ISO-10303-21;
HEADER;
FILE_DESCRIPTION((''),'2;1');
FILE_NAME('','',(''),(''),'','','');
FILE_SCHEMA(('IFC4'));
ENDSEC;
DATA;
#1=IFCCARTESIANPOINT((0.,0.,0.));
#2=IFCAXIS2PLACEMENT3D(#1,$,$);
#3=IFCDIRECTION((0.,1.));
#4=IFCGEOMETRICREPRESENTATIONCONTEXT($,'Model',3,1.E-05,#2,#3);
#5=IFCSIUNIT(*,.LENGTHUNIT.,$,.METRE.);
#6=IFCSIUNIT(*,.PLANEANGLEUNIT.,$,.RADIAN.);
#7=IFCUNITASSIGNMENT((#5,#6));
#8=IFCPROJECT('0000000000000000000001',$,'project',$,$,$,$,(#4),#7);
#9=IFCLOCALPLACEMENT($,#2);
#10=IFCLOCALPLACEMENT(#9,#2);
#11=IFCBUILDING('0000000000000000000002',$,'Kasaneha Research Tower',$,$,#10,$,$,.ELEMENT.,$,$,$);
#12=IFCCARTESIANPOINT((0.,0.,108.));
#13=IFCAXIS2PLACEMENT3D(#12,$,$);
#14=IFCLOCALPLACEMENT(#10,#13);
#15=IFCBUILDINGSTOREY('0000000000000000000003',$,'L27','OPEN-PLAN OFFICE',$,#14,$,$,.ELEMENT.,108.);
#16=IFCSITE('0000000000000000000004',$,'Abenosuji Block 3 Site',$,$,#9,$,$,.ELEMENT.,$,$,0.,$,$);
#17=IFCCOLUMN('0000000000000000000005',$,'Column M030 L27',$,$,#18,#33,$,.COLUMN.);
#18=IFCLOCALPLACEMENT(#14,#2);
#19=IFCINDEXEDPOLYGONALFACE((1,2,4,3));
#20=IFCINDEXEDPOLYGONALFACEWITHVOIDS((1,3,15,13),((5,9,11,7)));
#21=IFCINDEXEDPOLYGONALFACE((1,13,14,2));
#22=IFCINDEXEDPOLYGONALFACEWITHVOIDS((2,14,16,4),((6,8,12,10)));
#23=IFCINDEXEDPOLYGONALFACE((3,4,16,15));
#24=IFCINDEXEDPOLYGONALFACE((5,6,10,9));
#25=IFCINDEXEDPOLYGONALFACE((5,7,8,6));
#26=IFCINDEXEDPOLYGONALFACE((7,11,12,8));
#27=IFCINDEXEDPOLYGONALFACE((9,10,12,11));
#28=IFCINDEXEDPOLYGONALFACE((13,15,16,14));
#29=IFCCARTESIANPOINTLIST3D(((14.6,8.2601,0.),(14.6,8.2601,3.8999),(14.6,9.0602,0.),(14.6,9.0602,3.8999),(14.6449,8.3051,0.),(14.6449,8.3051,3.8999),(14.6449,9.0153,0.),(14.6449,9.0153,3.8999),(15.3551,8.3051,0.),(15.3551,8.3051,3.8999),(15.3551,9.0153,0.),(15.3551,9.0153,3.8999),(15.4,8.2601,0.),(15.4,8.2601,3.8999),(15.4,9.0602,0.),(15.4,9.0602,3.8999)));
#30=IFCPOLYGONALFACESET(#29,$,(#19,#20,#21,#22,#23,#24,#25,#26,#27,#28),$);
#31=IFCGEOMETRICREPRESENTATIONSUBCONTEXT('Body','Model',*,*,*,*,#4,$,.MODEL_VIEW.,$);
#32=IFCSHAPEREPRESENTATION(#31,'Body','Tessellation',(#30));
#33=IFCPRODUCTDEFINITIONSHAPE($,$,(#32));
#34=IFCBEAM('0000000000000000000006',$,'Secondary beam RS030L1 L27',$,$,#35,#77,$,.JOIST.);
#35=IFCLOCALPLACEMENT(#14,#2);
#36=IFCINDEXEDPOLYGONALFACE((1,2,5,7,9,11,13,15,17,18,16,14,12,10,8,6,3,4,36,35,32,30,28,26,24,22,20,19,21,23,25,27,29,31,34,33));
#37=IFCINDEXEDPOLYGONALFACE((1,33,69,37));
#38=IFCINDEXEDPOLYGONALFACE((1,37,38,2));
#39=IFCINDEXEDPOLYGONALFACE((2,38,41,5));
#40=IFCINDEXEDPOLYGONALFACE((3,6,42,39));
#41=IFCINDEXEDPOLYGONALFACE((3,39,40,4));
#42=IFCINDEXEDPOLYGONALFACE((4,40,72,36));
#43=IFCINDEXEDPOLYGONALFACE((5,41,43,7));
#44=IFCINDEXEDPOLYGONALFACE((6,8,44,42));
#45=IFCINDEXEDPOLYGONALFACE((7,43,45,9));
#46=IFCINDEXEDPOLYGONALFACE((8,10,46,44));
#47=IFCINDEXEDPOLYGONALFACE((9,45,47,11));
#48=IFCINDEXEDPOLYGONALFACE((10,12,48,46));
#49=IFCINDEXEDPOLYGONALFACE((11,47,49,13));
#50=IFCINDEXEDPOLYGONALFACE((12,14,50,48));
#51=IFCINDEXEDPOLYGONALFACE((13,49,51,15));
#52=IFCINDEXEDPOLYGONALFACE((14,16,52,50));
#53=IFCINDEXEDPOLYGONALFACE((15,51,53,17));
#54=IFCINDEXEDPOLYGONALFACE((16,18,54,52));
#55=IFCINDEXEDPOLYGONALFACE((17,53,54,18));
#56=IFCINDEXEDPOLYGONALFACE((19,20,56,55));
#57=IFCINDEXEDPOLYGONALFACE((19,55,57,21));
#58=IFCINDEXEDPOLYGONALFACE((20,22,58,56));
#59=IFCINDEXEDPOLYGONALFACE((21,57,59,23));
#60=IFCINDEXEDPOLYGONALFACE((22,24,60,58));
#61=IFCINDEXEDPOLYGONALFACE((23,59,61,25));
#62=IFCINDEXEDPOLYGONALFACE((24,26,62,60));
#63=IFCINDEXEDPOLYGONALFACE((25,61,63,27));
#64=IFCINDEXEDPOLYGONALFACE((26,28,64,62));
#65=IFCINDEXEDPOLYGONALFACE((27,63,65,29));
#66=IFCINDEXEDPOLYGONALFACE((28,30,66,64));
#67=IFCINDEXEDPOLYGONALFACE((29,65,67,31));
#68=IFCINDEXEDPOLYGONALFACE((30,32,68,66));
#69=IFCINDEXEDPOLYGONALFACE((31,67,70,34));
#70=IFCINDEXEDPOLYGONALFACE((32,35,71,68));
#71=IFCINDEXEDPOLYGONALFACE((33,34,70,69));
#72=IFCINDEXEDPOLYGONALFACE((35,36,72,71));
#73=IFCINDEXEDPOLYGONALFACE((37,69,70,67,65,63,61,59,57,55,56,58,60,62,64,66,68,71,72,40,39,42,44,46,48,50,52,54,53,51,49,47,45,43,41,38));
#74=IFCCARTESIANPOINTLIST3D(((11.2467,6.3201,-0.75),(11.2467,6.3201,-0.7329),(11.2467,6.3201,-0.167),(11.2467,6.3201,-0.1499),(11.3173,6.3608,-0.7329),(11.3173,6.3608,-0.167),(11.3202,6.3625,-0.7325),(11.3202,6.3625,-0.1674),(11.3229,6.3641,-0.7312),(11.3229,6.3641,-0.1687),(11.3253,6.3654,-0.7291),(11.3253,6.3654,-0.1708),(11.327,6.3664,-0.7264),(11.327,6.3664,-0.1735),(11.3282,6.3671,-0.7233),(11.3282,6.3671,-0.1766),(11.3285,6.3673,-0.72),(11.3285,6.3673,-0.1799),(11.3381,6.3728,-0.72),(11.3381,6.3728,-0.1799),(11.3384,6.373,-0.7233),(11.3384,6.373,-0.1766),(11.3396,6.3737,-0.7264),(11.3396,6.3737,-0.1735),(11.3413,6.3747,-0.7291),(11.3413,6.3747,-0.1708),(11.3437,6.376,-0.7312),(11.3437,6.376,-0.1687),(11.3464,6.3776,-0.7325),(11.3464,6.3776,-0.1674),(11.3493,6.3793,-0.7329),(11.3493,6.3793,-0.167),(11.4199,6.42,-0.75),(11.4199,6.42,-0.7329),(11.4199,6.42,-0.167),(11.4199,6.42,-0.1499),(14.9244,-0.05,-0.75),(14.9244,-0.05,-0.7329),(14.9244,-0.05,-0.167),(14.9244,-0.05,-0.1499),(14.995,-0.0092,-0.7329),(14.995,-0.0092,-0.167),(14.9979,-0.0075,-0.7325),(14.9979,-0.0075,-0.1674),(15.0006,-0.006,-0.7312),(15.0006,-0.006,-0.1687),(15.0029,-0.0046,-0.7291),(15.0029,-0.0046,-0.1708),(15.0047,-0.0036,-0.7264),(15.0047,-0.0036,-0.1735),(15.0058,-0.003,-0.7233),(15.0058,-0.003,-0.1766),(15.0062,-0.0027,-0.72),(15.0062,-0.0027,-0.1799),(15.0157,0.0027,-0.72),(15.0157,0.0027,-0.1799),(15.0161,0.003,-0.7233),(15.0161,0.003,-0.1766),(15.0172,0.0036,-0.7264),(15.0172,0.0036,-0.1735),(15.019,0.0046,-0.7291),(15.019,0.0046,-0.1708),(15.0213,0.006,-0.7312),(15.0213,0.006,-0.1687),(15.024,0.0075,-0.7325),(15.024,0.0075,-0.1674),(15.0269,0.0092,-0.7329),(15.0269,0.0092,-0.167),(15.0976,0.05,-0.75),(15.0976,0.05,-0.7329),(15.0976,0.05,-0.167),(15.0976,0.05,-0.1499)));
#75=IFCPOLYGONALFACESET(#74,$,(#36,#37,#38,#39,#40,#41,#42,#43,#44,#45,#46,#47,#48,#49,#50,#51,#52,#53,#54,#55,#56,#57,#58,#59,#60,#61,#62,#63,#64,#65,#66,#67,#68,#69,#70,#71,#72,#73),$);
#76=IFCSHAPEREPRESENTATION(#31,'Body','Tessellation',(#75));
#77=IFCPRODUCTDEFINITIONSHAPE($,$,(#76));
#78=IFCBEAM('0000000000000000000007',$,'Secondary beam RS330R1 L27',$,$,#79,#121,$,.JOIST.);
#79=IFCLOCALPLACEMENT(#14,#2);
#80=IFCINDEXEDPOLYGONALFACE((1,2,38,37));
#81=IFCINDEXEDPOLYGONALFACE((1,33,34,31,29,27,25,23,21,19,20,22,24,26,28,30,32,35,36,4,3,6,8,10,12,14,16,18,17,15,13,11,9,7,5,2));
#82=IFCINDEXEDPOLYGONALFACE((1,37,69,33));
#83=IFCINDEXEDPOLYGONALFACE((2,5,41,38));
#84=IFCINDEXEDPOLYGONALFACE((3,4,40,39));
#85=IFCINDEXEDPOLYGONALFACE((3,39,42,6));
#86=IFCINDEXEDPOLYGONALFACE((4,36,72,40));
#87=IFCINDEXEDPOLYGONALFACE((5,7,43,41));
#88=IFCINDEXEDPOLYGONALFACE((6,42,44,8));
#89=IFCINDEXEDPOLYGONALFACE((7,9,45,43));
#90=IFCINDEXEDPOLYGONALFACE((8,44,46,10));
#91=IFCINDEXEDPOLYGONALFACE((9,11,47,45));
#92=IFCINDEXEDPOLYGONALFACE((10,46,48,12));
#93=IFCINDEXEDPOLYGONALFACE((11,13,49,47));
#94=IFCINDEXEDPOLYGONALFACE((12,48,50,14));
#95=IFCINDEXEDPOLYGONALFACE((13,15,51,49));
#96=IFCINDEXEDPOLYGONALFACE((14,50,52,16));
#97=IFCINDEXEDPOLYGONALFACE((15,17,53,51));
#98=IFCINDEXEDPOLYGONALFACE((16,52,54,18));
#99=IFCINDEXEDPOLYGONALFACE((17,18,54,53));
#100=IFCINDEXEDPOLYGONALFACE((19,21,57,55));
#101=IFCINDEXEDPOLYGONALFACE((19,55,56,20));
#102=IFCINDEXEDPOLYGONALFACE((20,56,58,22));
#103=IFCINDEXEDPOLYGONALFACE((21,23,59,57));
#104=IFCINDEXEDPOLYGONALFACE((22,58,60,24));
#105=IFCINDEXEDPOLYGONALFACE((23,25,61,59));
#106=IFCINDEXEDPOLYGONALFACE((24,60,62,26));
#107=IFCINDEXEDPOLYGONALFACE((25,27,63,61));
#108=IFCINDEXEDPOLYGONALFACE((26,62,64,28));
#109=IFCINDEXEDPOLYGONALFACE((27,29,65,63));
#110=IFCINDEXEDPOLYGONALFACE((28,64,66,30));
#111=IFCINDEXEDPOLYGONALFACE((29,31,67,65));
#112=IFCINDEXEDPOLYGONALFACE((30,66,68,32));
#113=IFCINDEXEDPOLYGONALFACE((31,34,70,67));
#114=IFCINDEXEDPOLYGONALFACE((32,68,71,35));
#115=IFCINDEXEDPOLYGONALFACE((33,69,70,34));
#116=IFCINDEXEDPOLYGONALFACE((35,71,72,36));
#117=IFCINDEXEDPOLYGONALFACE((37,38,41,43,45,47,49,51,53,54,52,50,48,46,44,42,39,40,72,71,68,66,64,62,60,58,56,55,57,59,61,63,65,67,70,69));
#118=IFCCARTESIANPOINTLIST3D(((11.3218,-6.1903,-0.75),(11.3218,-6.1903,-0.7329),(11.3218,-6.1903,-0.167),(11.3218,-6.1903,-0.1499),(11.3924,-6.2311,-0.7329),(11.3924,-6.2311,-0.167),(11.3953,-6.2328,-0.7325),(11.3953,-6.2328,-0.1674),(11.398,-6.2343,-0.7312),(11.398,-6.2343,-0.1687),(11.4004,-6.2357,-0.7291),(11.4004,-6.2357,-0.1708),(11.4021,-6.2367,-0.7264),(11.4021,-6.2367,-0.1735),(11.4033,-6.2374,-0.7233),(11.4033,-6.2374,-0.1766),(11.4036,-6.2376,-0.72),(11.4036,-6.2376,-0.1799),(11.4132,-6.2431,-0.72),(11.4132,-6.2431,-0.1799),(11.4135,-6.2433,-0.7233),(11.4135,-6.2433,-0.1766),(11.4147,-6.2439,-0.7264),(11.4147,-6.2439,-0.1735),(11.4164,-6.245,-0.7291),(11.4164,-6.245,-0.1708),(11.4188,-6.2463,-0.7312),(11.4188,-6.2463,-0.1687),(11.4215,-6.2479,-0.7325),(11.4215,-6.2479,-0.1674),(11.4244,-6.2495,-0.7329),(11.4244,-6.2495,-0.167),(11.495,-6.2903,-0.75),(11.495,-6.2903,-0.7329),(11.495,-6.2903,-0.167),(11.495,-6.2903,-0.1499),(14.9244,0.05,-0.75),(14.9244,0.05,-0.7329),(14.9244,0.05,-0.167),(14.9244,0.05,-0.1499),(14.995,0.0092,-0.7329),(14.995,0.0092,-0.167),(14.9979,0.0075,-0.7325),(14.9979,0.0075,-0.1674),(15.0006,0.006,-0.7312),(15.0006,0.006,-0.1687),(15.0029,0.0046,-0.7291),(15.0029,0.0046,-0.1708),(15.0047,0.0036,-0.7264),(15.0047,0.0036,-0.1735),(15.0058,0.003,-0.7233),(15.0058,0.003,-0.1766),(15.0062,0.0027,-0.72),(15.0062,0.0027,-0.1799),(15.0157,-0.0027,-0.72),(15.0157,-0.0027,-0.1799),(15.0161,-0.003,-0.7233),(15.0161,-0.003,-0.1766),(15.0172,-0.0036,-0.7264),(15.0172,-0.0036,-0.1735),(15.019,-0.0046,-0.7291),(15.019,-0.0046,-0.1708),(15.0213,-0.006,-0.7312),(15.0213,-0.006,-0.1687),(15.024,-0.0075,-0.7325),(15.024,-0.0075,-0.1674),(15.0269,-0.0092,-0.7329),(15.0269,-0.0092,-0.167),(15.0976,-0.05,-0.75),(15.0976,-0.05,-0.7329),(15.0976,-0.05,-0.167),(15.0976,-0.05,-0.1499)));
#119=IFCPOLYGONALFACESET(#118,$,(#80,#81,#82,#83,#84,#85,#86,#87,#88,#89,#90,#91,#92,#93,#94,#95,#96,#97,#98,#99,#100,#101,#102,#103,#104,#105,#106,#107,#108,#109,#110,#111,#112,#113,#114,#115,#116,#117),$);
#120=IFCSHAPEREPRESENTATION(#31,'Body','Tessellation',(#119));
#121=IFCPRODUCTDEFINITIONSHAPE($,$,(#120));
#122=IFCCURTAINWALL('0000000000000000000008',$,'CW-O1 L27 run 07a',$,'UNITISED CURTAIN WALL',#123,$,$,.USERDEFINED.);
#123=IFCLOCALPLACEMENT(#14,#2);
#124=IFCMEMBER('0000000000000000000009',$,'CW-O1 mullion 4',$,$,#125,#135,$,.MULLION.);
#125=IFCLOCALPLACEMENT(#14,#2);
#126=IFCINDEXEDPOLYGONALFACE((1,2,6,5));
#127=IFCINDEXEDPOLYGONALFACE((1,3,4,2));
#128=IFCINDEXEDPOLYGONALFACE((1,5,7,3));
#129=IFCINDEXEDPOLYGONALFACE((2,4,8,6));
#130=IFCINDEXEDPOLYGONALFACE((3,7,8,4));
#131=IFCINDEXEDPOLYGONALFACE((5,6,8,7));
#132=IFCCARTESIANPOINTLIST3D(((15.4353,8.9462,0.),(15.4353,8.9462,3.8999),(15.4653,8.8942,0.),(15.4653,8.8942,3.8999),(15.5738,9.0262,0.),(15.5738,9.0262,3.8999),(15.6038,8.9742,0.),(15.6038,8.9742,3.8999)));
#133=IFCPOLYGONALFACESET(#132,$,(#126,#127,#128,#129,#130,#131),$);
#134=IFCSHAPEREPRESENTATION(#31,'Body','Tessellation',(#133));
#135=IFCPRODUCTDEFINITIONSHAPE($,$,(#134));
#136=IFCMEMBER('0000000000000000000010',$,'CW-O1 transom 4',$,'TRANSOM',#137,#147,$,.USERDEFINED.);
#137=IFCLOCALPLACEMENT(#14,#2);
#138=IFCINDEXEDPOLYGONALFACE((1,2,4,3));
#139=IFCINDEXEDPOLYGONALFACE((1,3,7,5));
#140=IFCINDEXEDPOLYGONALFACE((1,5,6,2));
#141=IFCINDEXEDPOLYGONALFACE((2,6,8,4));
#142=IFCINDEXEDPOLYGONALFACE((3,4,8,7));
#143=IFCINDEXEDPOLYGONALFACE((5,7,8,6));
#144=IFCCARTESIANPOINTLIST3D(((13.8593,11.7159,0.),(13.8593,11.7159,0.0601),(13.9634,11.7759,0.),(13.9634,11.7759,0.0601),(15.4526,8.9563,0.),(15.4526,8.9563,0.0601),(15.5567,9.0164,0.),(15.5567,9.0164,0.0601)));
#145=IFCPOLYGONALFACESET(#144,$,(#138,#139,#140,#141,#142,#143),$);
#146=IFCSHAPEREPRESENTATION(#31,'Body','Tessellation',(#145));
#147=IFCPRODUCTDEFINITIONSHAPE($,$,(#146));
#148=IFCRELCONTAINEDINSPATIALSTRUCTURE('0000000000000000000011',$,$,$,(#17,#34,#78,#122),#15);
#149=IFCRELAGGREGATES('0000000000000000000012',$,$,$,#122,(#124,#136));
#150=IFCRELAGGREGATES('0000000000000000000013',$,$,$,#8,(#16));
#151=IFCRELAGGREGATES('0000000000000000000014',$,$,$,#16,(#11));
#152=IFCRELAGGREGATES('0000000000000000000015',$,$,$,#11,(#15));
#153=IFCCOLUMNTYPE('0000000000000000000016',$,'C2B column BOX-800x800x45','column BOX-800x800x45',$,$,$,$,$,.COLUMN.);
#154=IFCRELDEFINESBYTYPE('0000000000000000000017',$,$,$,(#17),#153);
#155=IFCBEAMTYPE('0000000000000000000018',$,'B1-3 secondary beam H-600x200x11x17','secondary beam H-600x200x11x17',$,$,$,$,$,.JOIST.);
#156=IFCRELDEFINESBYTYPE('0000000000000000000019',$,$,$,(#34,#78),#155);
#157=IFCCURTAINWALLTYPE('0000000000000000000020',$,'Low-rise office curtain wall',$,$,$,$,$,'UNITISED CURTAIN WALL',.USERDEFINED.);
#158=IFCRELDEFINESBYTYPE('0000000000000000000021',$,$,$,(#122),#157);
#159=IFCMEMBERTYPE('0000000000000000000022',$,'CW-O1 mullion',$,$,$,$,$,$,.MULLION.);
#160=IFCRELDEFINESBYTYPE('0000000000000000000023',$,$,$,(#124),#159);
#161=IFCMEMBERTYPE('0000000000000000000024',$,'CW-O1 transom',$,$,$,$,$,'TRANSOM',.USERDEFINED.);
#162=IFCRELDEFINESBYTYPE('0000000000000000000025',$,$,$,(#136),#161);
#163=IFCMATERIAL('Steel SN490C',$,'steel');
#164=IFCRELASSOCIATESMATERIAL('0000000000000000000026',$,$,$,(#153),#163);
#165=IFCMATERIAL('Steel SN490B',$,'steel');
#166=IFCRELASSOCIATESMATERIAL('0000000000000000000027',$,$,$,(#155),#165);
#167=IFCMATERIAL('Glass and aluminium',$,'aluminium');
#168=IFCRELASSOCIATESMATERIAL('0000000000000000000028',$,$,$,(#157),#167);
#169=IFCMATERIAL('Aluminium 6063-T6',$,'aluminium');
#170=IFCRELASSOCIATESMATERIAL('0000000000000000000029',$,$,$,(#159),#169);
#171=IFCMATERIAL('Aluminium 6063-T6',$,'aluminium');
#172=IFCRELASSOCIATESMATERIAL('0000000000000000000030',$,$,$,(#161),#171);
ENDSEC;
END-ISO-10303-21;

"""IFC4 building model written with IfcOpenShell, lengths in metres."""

from ifc_helpers import new_model, si_unit, direction, frame, origin, origin_2d, place, context, subcontext, project, spatial, rectangle, hollow_rectangle, i_section, extrude, material, material_profile, profile_set, type_object, element, aggregate, save


model = new_model("IFC4")

# Units and contexts
model_context = context("Model", 3, precision=1e-05, world=origin(), true_north=direction((0.0, 1.0)))
body_context = subcontext(model_context, "Body", "Model", "MODEL_VIEW")
ifc_project = project(units=[si_unit("LENGTHUNIT", "METRE"), si_unit("PLANEANGLEUNIT", "RADIAN")], contexts=[model_context])

# Site, building, storey
site_placement = place(None, origin())
site = spatial("IfcSite", under=ifc_project, at=site_placement, Name="Abenosuji Block 3 Site", CompositionType="ELEMENT", RefElevation=0.0)
building_placement = place(site_placement, origin())
building = spatial("IfcBuilding", under=site, at=building_placement, Name="Kasaneha Research Tower", CompositionType="ELEMENT")
storey_placement = place(building_placement, frame((0.0, 0.0, 108.0)))
storey = spatial("IfcBuildingStorey", under=building, at=storey_placement, Name="L27", Description="OPEN-PLAN OFFICE", CompositionType="ELEMENT", Elevation=108.0)

# Column
ifc_material_1 = material(Name="Steel SN490C", Category="steel")
ifc_material_profile_1 = material_profile(ifc_material_1, hollow_rectangle(XDim=0.8, YDim=0.8, WallThickness=0.0449, at=origin_2d()), Name="BOX-800x800x45")
ifc_profile_set_1 = profile_set([ifc_material_profile_1], Name="Steel SN490C")
column_type = type_object("IfcColumnType", Name="C2B column BOX-800x800x45", Description="column BOX-800x800x45", PredefinedType="COLUMN", material=ifc_profile_set_1)
column_placement = place(storey_placement, frame((15.0, 8.6602, 0.0), z_axis=(0.0, 0.0, 1.0), x_axis=(1.0, 0.0, 0.0)))
element("IfcColumn", 1, at=column_placement, inside=storey, type_object=column_type, Name="Column M030 L27", PredefinedType="COLUMN", context=body_context, shape_type="SweptSolid", body=[
    extrude(hollow_rectangle(XDim=0.8, YDim=0.8, WallThickness=0.0449, at=origin_2d()), origin(), (0.0, 0.0, 1.0), 3.8999),
])

# Beams
ifc_material_2 = material(Name="Steel SN490B", Category="steel")
ifc_material_profile_2 = material_profile(ifc_material_2, i_section(OverallWidth=0.2, OverallDepth=0.6001, WebThickness=0.011, FlangeThickness=0.0171, FilletRadius=0.0129, at=origin_2d()), Name="H-600x200x11x17")
ifc_profile_set_2 = profile_set([ifc_material_profile_2], Name="Steel SN490B")
beam_type_1 = type_object("IfcBeamType", Name="B1-3 secondary beam H-600x200x11x17", Description="secondary beam H-600x200x11x17", PredefinedType="JOIST", material=ifc_profile_set_2)
beam_1_placement = place(storey_placement, frame((15.011, 0.0, -0.45), z_axis=(-0.499994, 0.866029, 0.0), x_axis=(-0.866029, -0.499994, 0.0)))
element("IfcBeam", 2, at=beam_1_placement, inside=storey, type_object=beam_type_1, Name="Secondary beam RS030L1 L27", PredefinedType="JOIST", context=body_context, shape_type="SweptSolid", body=[
    extrude(i_section(OverallWidth=0.2, OverallDepth=0.6001, WebThickness=0.011, FlangeThickness=0.0171, FilletRadius=0.0129, at=origin_2d()), origin(), (0.0, 0.0, 1.0), 7.3555),
])
beam_2_placement = place(storey_placement, frame((15.011, 0.0, -0.45), z_axis=(-0.499973, -0.866041, 0.0), x_axis=(0.866041, -0.499973, 0.0)))
element("IfcBeam", 3, at=beam_2_placement, inside=storey, type_object=beam_type_1, Name="Secondary beam RS330R1 L27", PredefinedType="JOIST", context=body_context, shape_type="SweptSolid", body=[
    extrude(i_section(OverallWidth=0.2, OverallDepth=0.6001, WebThickness=0.011, FlangeThickness=0.0171, FilletRadius=0.0129, at=origin_2d()), origin(), (0.0, 0.0, 1.0), 7.2056),
])

# Curtain wall, members
ifc_material_3 = material(Name="Glass and aluminium", Category="aluminium")
curtain_wall_type = type_object("IfcCurtainWallType", Name="Low-rise office curtain wall", ElementType="UNITISED CURTAIN WALL", PredefinedType="USERDEFINED", material=ifc_material_3)
curtain_wall_placement = place(storey_placement, origin())
curtain_wall = element("IfcCurtainWall", 4, at=curtain_wall_placement, inside=storey, type_object=curtain_wall_type, Name="CW-O1 L27 run 07a", ObjectType="UNITISED CURTAIN WALL", PredefinedType="USERDEFINED")
ifc_material_4 = material(Name="Aluminium 6063-T6", Category="aluminium")
ifc_material_profile_3 = material_profile(ifc_material_4, rectangle(XDim=0.0601, YDim=0.1599, at=origin_2d()), Name="CW-O1 mullion 60x160")
ifc_profile_set_3 = profile_set([ifc_material_profile_3], Name="Aluminium 6063-T6")
member_type_1 = type_object("IfcMemberType", Name="CW-O1 mullion", PredefinedType="MULLION", material=ifc_profile_set_3)
member_1_placement = place(storey_placement, frame((15.5195, 8.9602, 0.0), z_axis=(0.0, 0.0, 1.0), x_axis=(-0.5, 0.866025, 0.0)))
member_1 = element("IfcMember", 5, at=member_1_placement, type_object=member_type_1, Name="CW-O1 mullion 4", PredefinedType="MULLION", context=body_context, shape_type="SweptSolid", body=[
    extrude(rectangle(XDim=0.0601, YDim=0.1599, at=origin_2d()), origin(), (0.0, 0.0, 1.0), 3.8999),
])
ifc_material_5 = material(Name="Aluminium 6063-T6", Category="aluminium")
ifc_material_profile_4 = material_profile(ifc_material_5, rectangle(XDim=0.1201, YDim=0.0601, at=origin_2d()), Name="CW-O1 transom 120x60")
ifc_profile_set_4 = profile_set([ifc_material_profile_4], Name="Aluminium 6063-T6")
member_type_2 = type_object("IfcMemberType", Name="CW-O1 transom", ElementType="TRANSOM", PredefinedType="USERDEFINED", material=ifc_profile_set_4)
member_2_placement = place(storey_placement, frame((15.5046, 8.9863, 0.03), z_axis=(-0.500012, 0.866018, 0.0), x_axis=(-0.866018, -0.500012, 0.0)))
member_2 = element("IfcMember", 6, at=member_2_placement, type_object=member_type_2, Name="CW-O1 transom 4", ObjectType="TRANSOM", PredefinedType="USERDEFINED", context=body_context, shape_type="SweptSolid", body=[
    extrude(rectangle(XDim=0.1201, YDim=0.0601, at=origin_2d()), origin(), (0.0, 0.0, 1.0), 3.1865),
])

aggregate(curtain_wall, [member_1, member_2])

save(model, "model.ifc")
